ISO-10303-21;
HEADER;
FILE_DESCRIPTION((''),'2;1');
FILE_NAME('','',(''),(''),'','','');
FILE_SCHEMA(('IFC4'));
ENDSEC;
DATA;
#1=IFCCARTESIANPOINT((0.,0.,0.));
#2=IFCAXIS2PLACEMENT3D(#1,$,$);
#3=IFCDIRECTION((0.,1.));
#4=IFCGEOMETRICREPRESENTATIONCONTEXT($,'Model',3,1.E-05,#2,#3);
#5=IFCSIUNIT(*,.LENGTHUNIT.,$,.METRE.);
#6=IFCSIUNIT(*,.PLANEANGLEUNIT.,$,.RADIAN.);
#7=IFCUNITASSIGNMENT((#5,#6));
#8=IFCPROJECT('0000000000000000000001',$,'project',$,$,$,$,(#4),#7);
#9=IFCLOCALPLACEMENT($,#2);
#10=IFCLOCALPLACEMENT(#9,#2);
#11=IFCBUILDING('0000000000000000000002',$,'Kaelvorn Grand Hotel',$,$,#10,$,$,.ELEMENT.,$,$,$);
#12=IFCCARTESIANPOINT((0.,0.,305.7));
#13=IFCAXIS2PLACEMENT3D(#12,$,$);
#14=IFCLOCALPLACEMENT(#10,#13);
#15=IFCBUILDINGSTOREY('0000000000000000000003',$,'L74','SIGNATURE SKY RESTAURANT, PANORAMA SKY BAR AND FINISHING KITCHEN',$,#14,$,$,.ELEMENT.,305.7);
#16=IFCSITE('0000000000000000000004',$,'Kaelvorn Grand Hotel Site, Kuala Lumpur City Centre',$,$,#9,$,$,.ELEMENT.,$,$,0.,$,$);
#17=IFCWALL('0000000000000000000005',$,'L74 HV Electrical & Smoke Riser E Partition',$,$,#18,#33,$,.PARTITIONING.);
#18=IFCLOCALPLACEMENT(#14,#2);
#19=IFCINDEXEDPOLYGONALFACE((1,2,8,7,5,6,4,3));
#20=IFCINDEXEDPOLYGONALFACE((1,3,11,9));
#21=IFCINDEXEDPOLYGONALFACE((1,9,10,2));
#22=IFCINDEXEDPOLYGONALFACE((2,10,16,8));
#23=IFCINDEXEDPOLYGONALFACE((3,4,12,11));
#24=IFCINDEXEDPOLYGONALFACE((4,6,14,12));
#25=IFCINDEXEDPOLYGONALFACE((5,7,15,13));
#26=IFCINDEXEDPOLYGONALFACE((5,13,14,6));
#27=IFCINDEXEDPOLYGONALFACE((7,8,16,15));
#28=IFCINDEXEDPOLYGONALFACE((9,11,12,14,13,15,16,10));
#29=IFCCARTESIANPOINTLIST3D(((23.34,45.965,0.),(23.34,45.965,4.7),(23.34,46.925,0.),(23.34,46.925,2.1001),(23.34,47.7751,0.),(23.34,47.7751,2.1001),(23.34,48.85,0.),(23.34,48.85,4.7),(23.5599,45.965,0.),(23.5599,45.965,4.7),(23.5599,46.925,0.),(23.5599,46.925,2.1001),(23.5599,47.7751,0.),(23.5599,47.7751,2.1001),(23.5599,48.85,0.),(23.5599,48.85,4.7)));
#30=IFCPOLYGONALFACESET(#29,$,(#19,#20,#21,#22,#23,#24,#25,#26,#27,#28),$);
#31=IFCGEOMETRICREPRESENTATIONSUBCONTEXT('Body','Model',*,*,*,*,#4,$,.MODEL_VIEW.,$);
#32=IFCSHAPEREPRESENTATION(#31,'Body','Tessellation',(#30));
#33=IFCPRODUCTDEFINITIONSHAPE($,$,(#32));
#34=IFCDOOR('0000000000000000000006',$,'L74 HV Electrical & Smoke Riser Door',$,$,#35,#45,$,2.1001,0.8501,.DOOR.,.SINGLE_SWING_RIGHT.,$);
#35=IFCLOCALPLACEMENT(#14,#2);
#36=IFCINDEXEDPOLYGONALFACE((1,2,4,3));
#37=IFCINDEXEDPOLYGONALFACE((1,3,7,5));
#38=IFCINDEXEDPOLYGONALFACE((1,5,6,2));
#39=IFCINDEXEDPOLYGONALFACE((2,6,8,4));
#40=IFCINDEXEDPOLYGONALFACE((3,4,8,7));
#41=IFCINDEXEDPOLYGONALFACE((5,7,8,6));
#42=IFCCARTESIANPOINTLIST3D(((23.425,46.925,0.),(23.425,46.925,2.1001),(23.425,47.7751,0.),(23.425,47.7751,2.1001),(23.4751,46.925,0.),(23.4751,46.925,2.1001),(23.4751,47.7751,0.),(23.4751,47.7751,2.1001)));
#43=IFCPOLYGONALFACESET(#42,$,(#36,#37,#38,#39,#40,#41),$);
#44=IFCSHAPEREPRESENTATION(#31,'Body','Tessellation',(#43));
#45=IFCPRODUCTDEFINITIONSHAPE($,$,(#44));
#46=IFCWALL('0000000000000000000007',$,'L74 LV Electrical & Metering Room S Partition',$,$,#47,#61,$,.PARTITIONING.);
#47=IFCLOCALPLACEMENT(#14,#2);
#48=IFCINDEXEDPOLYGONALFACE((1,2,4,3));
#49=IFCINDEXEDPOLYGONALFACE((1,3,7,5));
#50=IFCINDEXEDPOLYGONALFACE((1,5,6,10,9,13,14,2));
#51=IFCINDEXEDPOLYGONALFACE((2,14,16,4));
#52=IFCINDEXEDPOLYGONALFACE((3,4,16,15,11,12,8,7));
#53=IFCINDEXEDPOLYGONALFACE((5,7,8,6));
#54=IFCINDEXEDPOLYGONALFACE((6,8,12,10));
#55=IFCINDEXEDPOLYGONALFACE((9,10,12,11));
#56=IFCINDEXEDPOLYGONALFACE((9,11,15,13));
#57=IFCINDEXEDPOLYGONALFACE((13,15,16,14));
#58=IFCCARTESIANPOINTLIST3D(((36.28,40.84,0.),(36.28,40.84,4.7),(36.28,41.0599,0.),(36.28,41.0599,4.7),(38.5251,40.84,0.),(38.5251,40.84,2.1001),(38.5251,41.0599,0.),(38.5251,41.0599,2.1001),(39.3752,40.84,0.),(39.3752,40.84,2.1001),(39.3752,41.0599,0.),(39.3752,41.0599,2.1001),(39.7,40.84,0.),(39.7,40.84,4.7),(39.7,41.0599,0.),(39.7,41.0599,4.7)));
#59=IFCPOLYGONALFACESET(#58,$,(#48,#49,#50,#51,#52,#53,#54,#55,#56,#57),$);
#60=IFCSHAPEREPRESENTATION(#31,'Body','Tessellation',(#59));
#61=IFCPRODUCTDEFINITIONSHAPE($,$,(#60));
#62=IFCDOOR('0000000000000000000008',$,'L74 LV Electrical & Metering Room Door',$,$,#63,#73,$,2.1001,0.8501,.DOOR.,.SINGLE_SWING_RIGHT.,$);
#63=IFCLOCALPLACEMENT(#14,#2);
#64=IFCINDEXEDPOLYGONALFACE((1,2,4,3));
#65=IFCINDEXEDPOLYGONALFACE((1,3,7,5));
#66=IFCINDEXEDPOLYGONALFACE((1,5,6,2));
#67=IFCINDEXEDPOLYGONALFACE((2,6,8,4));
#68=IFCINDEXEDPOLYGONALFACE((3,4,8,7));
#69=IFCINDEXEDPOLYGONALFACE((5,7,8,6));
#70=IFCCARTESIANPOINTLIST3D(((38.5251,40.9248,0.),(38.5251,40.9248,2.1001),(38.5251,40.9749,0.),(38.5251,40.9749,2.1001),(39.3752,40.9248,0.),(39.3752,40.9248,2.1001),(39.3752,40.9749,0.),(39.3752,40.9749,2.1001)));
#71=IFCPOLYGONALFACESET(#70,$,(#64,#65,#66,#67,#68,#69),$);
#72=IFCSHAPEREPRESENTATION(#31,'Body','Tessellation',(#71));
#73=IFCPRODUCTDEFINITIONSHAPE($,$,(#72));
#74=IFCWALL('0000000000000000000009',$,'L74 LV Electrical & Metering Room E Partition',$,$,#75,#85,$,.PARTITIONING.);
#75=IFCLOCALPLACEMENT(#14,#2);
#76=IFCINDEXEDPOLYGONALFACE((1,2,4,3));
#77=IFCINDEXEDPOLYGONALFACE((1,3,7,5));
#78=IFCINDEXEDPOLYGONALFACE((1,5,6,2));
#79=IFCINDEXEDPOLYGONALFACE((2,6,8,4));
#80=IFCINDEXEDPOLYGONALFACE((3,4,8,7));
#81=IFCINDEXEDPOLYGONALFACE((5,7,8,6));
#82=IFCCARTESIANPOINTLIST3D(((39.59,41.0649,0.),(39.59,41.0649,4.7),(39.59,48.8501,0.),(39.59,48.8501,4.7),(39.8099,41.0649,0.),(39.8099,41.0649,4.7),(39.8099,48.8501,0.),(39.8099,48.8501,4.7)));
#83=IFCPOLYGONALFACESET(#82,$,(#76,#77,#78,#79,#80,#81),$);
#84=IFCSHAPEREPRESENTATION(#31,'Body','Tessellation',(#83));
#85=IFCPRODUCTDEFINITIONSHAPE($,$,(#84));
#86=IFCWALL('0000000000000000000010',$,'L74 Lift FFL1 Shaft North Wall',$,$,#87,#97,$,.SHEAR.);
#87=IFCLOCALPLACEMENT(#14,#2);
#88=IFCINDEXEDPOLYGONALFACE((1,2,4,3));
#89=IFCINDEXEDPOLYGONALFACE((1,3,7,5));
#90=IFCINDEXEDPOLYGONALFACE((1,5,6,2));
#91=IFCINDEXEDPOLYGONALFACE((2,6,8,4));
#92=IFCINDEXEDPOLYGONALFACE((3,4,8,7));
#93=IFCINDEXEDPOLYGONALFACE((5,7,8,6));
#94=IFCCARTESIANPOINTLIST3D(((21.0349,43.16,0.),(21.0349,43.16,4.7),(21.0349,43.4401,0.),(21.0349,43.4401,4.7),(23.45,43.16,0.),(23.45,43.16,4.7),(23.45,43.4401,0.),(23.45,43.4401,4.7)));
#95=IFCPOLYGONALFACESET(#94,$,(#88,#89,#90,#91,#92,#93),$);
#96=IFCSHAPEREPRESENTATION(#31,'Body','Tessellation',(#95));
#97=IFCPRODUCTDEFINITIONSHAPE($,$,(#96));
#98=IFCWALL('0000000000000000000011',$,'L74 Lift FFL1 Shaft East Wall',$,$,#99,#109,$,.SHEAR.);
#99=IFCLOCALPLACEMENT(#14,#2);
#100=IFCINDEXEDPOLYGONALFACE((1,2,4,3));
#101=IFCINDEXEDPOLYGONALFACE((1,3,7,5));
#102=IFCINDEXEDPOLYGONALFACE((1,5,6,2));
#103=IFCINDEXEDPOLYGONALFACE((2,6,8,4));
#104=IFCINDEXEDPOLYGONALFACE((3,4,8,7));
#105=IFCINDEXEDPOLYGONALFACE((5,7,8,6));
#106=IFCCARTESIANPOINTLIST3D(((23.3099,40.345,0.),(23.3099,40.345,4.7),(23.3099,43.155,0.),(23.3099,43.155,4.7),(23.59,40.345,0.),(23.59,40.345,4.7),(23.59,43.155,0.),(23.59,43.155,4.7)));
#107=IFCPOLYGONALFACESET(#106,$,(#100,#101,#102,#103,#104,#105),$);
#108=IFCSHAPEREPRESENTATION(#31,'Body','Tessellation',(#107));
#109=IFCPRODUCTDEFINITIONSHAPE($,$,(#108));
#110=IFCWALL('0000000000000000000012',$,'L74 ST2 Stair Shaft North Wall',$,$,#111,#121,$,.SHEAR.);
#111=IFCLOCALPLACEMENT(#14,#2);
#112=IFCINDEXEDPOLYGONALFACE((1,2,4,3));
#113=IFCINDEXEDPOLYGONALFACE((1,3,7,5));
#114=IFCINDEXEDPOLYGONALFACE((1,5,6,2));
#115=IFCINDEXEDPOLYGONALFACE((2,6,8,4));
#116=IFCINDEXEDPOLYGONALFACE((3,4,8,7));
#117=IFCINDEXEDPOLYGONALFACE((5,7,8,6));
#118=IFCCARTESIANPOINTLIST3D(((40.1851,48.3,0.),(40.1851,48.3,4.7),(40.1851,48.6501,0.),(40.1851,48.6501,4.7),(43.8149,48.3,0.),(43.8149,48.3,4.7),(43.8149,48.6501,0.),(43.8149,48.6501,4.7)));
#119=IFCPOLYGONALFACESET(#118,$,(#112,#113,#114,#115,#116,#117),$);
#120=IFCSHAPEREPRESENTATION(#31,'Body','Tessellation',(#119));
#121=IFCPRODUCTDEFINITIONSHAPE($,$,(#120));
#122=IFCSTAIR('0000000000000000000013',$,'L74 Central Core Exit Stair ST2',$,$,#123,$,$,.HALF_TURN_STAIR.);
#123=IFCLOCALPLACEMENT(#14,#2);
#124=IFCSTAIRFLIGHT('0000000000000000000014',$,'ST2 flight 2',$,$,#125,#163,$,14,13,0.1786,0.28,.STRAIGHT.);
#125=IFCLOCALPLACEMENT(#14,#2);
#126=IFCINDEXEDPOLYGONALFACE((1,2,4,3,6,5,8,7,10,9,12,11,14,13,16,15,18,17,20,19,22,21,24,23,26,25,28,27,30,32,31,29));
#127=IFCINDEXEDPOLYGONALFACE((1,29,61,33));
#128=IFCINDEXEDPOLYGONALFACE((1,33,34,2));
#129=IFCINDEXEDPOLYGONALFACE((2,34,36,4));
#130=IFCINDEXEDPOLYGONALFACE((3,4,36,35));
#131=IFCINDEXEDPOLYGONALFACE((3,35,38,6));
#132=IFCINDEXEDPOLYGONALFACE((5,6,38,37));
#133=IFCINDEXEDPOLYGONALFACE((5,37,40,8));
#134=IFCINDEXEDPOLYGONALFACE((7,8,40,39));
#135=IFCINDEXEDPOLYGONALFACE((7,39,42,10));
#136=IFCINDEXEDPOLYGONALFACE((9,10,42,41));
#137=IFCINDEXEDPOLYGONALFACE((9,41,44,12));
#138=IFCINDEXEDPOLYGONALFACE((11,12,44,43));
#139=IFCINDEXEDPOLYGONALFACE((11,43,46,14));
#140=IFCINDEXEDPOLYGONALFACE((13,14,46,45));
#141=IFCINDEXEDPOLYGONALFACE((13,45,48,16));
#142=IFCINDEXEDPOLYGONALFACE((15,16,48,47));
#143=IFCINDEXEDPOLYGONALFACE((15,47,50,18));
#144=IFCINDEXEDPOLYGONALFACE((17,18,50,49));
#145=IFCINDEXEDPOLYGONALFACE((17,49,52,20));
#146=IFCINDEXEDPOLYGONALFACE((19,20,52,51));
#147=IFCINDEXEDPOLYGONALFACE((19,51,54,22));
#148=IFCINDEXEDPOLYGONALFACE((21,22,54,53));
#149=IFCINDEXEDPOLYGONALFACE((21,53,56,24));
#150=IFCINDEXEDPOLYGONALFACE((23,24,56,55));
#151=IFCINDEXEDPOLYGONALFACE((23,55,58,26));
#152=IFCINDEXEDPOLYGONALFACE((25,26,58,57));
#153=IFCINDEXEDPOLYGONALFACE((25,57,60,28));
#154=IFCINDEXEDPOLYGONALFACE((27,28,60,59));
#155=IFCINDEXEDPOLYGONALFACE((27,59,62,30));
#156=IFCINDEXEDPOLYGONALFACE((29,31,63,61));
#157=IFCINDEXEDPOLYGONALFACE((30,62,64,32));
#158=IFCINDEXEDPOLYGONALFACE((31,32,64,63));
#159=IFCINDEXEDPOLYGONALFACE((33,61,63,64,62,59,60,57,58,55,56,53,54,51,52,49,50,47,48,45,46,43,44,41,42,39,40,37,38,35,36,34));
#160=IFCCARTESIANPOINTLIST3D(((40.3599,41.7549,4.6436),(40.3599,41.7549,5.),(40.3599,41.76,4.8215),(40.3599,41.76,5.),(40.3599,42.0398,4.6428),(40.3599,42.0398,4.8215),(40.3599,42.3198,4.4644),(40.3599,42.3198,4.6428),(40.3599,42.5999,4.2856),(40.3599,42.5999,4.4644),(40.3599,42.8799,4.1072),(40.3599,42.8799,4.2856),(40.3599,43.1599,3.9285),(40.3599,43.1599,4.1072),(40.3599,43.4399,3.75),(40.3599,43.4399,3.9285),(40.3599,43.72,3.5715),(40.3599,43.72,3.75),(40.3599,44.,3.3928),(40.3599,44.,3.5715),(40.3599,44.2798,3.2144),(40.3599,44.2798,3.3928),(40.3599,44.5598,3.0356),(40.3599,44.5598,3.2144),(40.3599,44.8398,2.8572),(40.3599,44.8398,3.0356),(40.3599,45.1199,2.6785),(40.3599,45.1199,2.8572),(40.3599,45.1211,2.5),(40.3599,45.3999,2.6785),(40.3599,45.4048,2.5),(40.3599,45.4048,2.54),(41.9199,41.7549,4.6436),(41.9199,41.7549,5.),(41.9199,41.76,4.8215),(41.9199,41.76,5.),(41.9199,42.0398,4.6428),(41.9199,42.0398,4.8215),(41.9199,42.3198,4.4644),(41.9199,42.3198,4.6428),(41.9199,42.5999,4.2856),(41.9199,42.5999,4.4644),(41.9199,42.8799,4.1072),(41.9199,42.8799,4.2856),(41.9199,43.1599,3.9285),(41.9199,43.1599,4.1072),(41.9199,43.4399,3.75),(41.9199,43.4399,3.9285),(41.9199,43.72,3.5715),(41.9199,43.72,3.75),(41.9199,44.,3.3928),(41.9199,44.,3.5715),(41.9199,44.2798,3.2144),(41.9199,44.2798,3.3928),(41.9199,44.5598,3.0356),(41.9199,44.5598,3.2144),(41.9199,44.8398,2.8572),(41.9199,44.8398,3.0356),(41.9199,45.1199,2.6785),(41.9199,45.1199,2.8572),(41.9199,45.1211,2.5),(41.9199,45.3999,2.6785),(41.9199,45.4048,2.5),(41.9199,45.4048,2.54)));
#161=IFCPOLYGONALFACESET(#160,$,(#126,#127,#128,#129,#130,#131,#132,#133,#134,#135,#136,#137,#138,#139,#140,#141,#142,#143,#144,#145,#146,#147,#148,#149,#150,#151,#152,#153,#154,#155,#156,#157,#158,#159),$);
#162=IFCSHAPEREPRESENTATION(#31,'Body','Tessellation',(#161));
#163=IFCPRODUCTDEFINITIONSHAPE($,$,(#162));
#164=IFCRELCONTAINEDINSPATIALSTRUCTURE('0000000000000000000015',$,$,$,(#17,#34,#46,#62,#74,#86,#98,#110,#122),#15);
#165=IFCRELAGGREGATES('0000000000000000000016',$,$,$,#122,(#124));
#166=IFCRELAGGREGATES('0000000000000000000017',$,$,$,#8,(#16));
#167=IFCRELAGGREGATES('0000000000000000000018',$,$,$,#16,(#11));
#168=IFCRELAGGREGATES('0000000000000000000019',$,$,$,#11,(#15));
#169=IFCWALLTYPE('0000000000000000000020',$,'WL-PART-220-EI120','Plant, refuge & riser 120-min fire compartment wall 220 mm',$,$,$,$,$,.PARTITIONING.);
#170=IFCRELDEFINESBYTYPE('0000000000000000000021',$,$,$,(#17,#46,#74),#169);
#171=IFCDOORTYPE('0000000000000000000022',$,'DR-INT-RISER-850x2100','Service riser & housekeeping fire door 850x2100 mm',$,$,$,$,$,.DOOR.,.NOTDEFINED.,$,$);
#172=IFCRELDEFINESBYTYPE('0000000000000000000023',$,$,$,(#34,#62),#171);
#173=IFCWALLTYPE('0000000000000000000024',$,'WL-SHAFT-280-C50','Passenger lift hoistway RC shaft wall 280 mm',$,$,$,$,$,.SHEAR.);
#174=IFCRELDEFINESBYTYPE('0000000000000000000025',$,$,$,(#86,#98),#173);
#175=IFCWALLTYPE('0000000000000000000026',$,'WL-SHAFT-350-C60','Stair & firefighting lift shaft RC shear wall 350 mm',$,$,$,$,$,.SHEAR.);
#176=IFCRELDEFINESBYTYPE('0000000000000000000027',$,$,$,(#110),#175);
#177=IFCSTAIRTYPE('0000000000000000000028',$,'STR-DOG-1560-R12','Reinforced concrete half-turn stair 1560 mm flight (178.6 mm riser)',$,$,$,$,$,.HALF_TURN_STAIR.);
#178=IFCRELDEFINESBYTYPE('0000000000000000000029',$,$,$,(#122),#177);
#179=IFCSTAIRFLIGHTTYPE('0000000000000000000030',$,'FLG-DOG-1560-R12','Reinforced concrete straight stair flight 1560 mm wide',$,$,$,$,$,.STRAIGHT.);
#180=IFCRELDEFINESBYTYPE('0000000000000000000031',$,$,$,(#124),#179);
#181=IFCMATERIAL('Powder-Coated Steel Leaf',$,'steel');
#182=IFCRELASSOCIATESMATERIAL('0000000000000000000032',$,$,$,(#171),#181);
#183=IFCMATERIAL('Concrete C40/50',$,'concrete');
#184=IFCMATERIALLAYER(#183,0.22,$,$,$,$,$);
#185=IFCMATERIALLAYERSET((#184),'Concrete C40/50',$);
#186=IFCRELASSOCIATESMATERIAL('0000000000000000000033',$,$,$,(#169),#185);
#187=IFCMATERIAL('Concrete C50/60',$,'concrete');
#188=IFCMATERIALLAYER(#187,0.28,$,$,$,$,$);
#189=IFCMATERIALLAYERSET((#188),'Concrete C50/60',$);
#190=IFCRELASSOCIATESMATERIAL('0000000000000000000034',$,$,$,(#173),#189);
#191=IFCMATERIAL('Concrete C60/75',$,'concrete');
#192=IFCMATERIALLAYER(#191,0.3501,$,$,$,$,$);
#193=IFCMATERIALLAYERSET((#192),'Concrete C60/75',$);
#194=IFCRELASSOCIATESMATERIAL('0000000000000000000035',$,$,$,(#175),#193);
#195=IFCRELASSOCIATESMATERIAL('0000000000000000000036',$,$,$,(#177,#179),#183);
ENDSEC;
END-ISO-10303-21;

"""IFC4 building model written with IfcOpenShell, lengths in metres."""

from ifc_helpers import new_model, si_unit, direction, frame, frame_2d, origin, place, context, subcontext, project, spatial, polyline, rectangle, outline, extrude, material, layer, layer_set, type_object, element, fill, aggregate, save


model = new_model("IFC4")

# Units and contexts
model_context = context("Model", 3, precision=1e-05, world=origin(), true_north=direction((0.0, 1.0)))
body_context = subcontext(model_context, "Body", "Model", "MODEL_VIEW")
ifc_project = project(units=[si_unit("LENGTHUNIT", "METRE"), si_unit("PLANEANGLEUNIT", "RADIAN")], contexts=[model_context])

# Site, building, storey
site_placement = place(None, origin())
site = spatial("IfcSite", under=ifc_project, at=site_placement, Name="Kaelvorn Grand Hotel Site, Kuala Lumpur City Centre", CompositionType="ELEMENT", RefElevation=0.0)
building_placement = place(site_placement, origin())
building = spatial("IfcBuilding", under=site, at=building_placement, Name="Kaelvorn Grand Hotel", CompositionType="ELEMENT")
storey_placement = place(building_placement, frame((0.0, 0.0, 305.7)))
storey = spatial("IfcBuildingStorey", under=building, at=storey_placement, Name="L74", Description="SIGNATURE SKY RESTAURANT, PANORAMA SKY BAR AND FINISHING KITCHEN", CompositionType="ELEMENT", Elevation=305.7)

# Shared definitions
ifc_material_1 = material(Name="Concrete C50/60", Category="concrete")

# Shared definitions
ifc_material_2 = material(Name="Powder-Coated Steel Leaf", Category="steel")
door_type_1 = type_object("IfcDoorType", Name="DR-INT-RISER-850x2100", Description="Service riser & housekeeping fire door 850x2100 mm", OperationType="NOTDEFINED", PredefinedType="DOOR", material=ifc_material_2)

# Shared definitions
ifc_material_3 = material(Name="Concrete C40/50", Category="concrete")
ifc_layer_1 = layer(ifc_material_3, 0.22)
ifc_layer_set_1 = layer_set([ifc_layer_1], Name="Concrete C40/50")
wall_type_1 = type_object("IfcWallType", Name="WL-PART-220-EI120", Description="Plant, refuge & riser 120-min fire compartment wall 220 mm", PredefinedType="PARTITIONING", material=ifc_layer_set_1)

# Walls, openings, doors
wall_1_placement = place(storey_placement, frame((23.45, 45.9651, 0.0), z_axis=(0.0, 0.0, 1.0), x_axis=(0.0, 1.0, 0.0)))
wall_1 = element("IfcWall", 1, at=wall_1_placement, inside=storey, type_object=wall_type_1, Name="L74 HV Electrical & Smoke Riser E Partition", PredefinedType="PARTITIONING", context=body_context, shape_type="SweptSolid", body=[
    extrude(rectangle(XDim=2.885, YDim=0.22, at=frame_2d((1.4424, 0.0))), origin(), (0.0, 0.0, 1.0), 4.7),
])
opening_1_placement = place(wall_1_placement, frame((0.96, 0.0, 0.0)))
opening_1 = element("IfcOpeningElement", 2, at=opening_1_placement, cuts=wall_1, PredefinedType="OPENING", context=body_context, shape_type="SweptSolid", body=[
    extrude(rectangle(XDim=0.8501, YDim=2.1001, at=frame_2d((0.425, 1.05))), frame((0.0, 0.1201, 0.0), z_axis=(0.0, -1.0, 0.0), x_axis=(1.0, 0.0, 0.0)), (0.0, 0.0, 1.0), 0.24),
])
door_1_placement = place(opening_1_placement, origin())
door_1 = element("IfcDoor", 3, at=door_1_placement, inside=storey, type_object=door_type_1, Name="L74 HV Electrical & Smoke Riser Door", OperationType="SINGLE_SWING_RIGHT", OverallHeight=2.1001, OverallWidth=0.8501, PredefinedType="DOOR", context=body_context, shape_type="SweptSolid", body=[
    extrude(rectangle(XDim=0.8501, YDim=2.1001, at=frame_2d((0.425, 1.05))), frame((0.0, 0.0249, 0.0), z_axis=(0.0, -1.0, 0.0), x_axis=(1.0, 0.0, 0.0)), (0.0, 0.0, 1.0), 0.05),
])
fill(opening_1, door_1)
wall_2_placement = place(storey_placement, frame((36.28, 40.95, 0.0), z_axis=(0.0, 0.0, 1.0), x_axis=(1.0, 0.0, 0.0)))
wall_2 = element("IfcWall", 4, at=wall_2_placement, inside=storey, type_object=wall_type_1, Name="L74 LV Electrical & Metering Room S Partition", PredefinedType="PARTITIONING", context=body_context, shape_type="SweptSolid", body=[
    extrude(rectangle(XDim=3.4199, YDim=0.22, at=frame_2d((1.71, 0.0))), origin(), (0.0, 0.0, 1.0), 4.7),
])
opening_2_placement = place(wall_2_placement, frame((2.2451, 0.0, 0.0)))
opening_2 = element("IfcOpeningElement", 5, at=opening_2_placement, cuts=wall_2, PredefinedType="OPENING", context=body_context, shape_type="SweptSolid", body=[
    extrude(rectangle(XDim=0.8501, YDim=2.1001, at=frame_2d((0.425, 1.05))), frame((0.0, 0.1201, 0.0), z_axis=(0.0, -1.0, 0.0), x_axis=(1.0, 0.0, 0.0)), (0.0, 0.0, 1.0), 0.24),
])
door_2_placement = place(opening_2_placement, origin())
door_2 = element("IfcDoor", 6, at=door_2_placement, inside=storey, type_object=door_type_1, Name="L74 LV Electrical & Metering Room Door", OperationType="SINGLE_SWING_RIGHT", OverallHeight=2.1001, OverallWidth=0.8501, PredefinedType="DOOR", context=body_context, shape_type="SweptSolid", body=[
    extrude(rectangle(XDim=0.8501, YDim=2.1001, at=frame_2d((0.425, 1.05))), frame((0.0, 0.0249, 0.0), z_axis=(0.0, -1.0, 0.0), x_axis=(1.0, 0.0, 0.0)), (0.0, 0.0, 1.0), 0.05),
])
fill(opening_2, door_2)

# Walls
wall_3_placement = place(storey_placement, frame((39.7, 41.0649, 0.0), z_axis=(0.0, 0.0, 1.0), x_axis=(0.0, 1.0, 0.0)))
element("IfcWall", 7, at=wall_3_placement, inside=storey, type_object=wall_type_1, Name="L74 LV Electrical & Metering Room E Partition", PredefinedType="PARTITIONING", context=body_context, shape_type="SweptSolid", body=[
    extrude(rectangle(XDim=7.7852, YDim=0.22, at=frame_2d((3.8926, 0.0))), origin(), (0.0, 0.0, 1.0), 4.7),
])
ifc_layer_2 = layer(ifc_material_1, 0.28)
ifc_layer_set_2 = layer_set([ifc_layer_2], Name="Concrete C50/60")
wall_type_2 = type_object("IfcWallType", Name="WL-SHAFT-280-C50", Description="Passenger lift hoistway RC shaft wall 280 mm", PredefinedType="SHEAR", material=ifc_layer_set_2)
wall_4_placement = place(storey_placement, frame((21.0349, 43.3, 0.0), z_axis=(0.0, 0.0, 1.0), x_axis=(1.0, 0.0, 0.0)))
element("IfcWall", 8, at=wall_4_placement, inside=storey, type_object=wall_type_2, Name="L74 Lift FFL1 Shaft North Wall", PredefinedType="SHEAR", context=body_context, shape_type="SweptSolid", body=[
    extrude(rectangle(XDim=2.415, YDim=0.28, at=frame_2d((1.2075, 0.0))), origin(), (0.0, 0.0, 1.0), 4.7),
])
wall_5_placement = place(storey_placement, frame((23.45, 40.345, 0.0), z_axis=(0.0, 0.0, 1.0), x_axis=(0.0, 1.0, 0.0)))
element("IfcWall", 9, at=wall_5_placement, inside=storey, type_object=wall_type_2, Name="L74 Lift FFL1 Shaft East Wall", PredefinedType="SHEAR", context=body_context, shape_type="SweptSolid", body=[
    extrude(rectangle(XDim=2.8101, YDim=0.28, at=frame_2d((1.405, 0.0))), origin(), (0.0, 0.0, 1.0), 4.7),
])
ifc_material_4 = material(Name="Concrete C60/75", Category="concrete")
ifc_layer_3 = layer(ifc_material_4, 0.3501)
ifc_layer_set_3 = layer_set([ifc_layer_3], Name="Concrete C60/75")
wall_type_3 = type_object("IfcWallType", Name="WL-SHAFT-350-C60", Description="Stair & firefighting lift shaft RC shear wall 350 mm", PredefinedType="SHEAR", material=ifc_layer_set_3)
wall_6_placement = place(storey_placement, frame((40.1851, 48.4751, 0.0), z_axis=(0.0, 0.0, 1.0), x_axis=(1.0, 0.0, 0.0)))
element("IfcWall", 10, at=wall_6_placement, inside=storey, type_object=wall_type_3, Name="L74 ST2 Stair Shaft North Wall", PredefinedType="SHEAR", context=body_context, shape_type="SweptSolid", body=[
    extrude(rectangle(XDim=3.6299, YDim=0.3501, at=frame_2d((1.8149, 0.0))), origin(), (0.0, 0.0, 1.0), 4.7),
])

# Stair, stair flight
stair_type = type_object("IfcStairType", Name="STR-DOG-1560-R12", Description="Reinforced concrete half-turn stair 1560 mm flight (178.6 mm riser)", PredefinedType="HALF_TURN_STAIR", material=ifc_material_3)
stair_placement = place(storey_placement, origin())
stair = element("IfcStair", 11, at=stair_placement, inside=storey, type_object=stair_type, Name="L74 Central Core Exit Stair ST2", PredefinedType="HALF_TURN_STAIR")
stair_flight_type = type_object("IfcStairFlightType", Name="FLG-DOG-1560-R12", Description="Reinforced concrete straight stair flight 1560 mm wide", PredefinedType="STRAIGHT", material=ifc_material_3)
stair_flight_placement = place(storey_placement, frame((41.1399, 45.3999, 2.5), z_axis=(0.0, 0.0, 1.0), x_axis=(0.0, -1.0, 0.0)))
stair_flight = element("IfcStairFlight", 12, at=stair_flight_placement, type_object=stair_flight_type, Name="ST2 flight 2", NumberOfRisers=14, NumberOfTreads=13, PredefinedType="STRAIGHT", RiserHeight=0.1786, TreadLength=0.28, context=body_context, shape_type="SweptSolid", body=[
    extrude(outline(polyline([(-0.0049, 0.0), (-0.0049, 0.04), (0.0, 0.1785), (0.28, 0.1785), (0.28, 0.3572), (0.5601, 0.3572), (0.5601, 0.5356), (0.8401, 0.5356), (0.8401, 0.7144), (1.1201, 0.7144), (1.1201, 0.8928), (1.3999, 0.8928), (1.3999, 1.0715), (1.6799, 1.0715), (1.6799, 1.25), (1.96, 1.25), (1.96, 1.4285), (2.24, 1.4285), (2.24, 1.6072), (2.52, 1.6072), (2.52, 1.7856), (2.8, 1.7856), (2.8, 1.9644), (3.0801, 1.9644), (3.0801, 2.1428), (3.3601, 2.1428), (3.3601, 2.3215), (3.6399, 2.3215), (3.6399, 2.5), (3.645, 2.5), (3.645, 2.1436), (0.2788, 0.0), (-0.0049, 0.0)])), frame((0.0, 0.78, 0.0), z_axis=(0.0, -1.0, 0.0), x_axis=(1.0, 0.0, 0.0)), (0.0, 0.0, 1.0), 1.5601),
])
aggregate(stair, [stair_flight])

save(model, "model.ifc")
